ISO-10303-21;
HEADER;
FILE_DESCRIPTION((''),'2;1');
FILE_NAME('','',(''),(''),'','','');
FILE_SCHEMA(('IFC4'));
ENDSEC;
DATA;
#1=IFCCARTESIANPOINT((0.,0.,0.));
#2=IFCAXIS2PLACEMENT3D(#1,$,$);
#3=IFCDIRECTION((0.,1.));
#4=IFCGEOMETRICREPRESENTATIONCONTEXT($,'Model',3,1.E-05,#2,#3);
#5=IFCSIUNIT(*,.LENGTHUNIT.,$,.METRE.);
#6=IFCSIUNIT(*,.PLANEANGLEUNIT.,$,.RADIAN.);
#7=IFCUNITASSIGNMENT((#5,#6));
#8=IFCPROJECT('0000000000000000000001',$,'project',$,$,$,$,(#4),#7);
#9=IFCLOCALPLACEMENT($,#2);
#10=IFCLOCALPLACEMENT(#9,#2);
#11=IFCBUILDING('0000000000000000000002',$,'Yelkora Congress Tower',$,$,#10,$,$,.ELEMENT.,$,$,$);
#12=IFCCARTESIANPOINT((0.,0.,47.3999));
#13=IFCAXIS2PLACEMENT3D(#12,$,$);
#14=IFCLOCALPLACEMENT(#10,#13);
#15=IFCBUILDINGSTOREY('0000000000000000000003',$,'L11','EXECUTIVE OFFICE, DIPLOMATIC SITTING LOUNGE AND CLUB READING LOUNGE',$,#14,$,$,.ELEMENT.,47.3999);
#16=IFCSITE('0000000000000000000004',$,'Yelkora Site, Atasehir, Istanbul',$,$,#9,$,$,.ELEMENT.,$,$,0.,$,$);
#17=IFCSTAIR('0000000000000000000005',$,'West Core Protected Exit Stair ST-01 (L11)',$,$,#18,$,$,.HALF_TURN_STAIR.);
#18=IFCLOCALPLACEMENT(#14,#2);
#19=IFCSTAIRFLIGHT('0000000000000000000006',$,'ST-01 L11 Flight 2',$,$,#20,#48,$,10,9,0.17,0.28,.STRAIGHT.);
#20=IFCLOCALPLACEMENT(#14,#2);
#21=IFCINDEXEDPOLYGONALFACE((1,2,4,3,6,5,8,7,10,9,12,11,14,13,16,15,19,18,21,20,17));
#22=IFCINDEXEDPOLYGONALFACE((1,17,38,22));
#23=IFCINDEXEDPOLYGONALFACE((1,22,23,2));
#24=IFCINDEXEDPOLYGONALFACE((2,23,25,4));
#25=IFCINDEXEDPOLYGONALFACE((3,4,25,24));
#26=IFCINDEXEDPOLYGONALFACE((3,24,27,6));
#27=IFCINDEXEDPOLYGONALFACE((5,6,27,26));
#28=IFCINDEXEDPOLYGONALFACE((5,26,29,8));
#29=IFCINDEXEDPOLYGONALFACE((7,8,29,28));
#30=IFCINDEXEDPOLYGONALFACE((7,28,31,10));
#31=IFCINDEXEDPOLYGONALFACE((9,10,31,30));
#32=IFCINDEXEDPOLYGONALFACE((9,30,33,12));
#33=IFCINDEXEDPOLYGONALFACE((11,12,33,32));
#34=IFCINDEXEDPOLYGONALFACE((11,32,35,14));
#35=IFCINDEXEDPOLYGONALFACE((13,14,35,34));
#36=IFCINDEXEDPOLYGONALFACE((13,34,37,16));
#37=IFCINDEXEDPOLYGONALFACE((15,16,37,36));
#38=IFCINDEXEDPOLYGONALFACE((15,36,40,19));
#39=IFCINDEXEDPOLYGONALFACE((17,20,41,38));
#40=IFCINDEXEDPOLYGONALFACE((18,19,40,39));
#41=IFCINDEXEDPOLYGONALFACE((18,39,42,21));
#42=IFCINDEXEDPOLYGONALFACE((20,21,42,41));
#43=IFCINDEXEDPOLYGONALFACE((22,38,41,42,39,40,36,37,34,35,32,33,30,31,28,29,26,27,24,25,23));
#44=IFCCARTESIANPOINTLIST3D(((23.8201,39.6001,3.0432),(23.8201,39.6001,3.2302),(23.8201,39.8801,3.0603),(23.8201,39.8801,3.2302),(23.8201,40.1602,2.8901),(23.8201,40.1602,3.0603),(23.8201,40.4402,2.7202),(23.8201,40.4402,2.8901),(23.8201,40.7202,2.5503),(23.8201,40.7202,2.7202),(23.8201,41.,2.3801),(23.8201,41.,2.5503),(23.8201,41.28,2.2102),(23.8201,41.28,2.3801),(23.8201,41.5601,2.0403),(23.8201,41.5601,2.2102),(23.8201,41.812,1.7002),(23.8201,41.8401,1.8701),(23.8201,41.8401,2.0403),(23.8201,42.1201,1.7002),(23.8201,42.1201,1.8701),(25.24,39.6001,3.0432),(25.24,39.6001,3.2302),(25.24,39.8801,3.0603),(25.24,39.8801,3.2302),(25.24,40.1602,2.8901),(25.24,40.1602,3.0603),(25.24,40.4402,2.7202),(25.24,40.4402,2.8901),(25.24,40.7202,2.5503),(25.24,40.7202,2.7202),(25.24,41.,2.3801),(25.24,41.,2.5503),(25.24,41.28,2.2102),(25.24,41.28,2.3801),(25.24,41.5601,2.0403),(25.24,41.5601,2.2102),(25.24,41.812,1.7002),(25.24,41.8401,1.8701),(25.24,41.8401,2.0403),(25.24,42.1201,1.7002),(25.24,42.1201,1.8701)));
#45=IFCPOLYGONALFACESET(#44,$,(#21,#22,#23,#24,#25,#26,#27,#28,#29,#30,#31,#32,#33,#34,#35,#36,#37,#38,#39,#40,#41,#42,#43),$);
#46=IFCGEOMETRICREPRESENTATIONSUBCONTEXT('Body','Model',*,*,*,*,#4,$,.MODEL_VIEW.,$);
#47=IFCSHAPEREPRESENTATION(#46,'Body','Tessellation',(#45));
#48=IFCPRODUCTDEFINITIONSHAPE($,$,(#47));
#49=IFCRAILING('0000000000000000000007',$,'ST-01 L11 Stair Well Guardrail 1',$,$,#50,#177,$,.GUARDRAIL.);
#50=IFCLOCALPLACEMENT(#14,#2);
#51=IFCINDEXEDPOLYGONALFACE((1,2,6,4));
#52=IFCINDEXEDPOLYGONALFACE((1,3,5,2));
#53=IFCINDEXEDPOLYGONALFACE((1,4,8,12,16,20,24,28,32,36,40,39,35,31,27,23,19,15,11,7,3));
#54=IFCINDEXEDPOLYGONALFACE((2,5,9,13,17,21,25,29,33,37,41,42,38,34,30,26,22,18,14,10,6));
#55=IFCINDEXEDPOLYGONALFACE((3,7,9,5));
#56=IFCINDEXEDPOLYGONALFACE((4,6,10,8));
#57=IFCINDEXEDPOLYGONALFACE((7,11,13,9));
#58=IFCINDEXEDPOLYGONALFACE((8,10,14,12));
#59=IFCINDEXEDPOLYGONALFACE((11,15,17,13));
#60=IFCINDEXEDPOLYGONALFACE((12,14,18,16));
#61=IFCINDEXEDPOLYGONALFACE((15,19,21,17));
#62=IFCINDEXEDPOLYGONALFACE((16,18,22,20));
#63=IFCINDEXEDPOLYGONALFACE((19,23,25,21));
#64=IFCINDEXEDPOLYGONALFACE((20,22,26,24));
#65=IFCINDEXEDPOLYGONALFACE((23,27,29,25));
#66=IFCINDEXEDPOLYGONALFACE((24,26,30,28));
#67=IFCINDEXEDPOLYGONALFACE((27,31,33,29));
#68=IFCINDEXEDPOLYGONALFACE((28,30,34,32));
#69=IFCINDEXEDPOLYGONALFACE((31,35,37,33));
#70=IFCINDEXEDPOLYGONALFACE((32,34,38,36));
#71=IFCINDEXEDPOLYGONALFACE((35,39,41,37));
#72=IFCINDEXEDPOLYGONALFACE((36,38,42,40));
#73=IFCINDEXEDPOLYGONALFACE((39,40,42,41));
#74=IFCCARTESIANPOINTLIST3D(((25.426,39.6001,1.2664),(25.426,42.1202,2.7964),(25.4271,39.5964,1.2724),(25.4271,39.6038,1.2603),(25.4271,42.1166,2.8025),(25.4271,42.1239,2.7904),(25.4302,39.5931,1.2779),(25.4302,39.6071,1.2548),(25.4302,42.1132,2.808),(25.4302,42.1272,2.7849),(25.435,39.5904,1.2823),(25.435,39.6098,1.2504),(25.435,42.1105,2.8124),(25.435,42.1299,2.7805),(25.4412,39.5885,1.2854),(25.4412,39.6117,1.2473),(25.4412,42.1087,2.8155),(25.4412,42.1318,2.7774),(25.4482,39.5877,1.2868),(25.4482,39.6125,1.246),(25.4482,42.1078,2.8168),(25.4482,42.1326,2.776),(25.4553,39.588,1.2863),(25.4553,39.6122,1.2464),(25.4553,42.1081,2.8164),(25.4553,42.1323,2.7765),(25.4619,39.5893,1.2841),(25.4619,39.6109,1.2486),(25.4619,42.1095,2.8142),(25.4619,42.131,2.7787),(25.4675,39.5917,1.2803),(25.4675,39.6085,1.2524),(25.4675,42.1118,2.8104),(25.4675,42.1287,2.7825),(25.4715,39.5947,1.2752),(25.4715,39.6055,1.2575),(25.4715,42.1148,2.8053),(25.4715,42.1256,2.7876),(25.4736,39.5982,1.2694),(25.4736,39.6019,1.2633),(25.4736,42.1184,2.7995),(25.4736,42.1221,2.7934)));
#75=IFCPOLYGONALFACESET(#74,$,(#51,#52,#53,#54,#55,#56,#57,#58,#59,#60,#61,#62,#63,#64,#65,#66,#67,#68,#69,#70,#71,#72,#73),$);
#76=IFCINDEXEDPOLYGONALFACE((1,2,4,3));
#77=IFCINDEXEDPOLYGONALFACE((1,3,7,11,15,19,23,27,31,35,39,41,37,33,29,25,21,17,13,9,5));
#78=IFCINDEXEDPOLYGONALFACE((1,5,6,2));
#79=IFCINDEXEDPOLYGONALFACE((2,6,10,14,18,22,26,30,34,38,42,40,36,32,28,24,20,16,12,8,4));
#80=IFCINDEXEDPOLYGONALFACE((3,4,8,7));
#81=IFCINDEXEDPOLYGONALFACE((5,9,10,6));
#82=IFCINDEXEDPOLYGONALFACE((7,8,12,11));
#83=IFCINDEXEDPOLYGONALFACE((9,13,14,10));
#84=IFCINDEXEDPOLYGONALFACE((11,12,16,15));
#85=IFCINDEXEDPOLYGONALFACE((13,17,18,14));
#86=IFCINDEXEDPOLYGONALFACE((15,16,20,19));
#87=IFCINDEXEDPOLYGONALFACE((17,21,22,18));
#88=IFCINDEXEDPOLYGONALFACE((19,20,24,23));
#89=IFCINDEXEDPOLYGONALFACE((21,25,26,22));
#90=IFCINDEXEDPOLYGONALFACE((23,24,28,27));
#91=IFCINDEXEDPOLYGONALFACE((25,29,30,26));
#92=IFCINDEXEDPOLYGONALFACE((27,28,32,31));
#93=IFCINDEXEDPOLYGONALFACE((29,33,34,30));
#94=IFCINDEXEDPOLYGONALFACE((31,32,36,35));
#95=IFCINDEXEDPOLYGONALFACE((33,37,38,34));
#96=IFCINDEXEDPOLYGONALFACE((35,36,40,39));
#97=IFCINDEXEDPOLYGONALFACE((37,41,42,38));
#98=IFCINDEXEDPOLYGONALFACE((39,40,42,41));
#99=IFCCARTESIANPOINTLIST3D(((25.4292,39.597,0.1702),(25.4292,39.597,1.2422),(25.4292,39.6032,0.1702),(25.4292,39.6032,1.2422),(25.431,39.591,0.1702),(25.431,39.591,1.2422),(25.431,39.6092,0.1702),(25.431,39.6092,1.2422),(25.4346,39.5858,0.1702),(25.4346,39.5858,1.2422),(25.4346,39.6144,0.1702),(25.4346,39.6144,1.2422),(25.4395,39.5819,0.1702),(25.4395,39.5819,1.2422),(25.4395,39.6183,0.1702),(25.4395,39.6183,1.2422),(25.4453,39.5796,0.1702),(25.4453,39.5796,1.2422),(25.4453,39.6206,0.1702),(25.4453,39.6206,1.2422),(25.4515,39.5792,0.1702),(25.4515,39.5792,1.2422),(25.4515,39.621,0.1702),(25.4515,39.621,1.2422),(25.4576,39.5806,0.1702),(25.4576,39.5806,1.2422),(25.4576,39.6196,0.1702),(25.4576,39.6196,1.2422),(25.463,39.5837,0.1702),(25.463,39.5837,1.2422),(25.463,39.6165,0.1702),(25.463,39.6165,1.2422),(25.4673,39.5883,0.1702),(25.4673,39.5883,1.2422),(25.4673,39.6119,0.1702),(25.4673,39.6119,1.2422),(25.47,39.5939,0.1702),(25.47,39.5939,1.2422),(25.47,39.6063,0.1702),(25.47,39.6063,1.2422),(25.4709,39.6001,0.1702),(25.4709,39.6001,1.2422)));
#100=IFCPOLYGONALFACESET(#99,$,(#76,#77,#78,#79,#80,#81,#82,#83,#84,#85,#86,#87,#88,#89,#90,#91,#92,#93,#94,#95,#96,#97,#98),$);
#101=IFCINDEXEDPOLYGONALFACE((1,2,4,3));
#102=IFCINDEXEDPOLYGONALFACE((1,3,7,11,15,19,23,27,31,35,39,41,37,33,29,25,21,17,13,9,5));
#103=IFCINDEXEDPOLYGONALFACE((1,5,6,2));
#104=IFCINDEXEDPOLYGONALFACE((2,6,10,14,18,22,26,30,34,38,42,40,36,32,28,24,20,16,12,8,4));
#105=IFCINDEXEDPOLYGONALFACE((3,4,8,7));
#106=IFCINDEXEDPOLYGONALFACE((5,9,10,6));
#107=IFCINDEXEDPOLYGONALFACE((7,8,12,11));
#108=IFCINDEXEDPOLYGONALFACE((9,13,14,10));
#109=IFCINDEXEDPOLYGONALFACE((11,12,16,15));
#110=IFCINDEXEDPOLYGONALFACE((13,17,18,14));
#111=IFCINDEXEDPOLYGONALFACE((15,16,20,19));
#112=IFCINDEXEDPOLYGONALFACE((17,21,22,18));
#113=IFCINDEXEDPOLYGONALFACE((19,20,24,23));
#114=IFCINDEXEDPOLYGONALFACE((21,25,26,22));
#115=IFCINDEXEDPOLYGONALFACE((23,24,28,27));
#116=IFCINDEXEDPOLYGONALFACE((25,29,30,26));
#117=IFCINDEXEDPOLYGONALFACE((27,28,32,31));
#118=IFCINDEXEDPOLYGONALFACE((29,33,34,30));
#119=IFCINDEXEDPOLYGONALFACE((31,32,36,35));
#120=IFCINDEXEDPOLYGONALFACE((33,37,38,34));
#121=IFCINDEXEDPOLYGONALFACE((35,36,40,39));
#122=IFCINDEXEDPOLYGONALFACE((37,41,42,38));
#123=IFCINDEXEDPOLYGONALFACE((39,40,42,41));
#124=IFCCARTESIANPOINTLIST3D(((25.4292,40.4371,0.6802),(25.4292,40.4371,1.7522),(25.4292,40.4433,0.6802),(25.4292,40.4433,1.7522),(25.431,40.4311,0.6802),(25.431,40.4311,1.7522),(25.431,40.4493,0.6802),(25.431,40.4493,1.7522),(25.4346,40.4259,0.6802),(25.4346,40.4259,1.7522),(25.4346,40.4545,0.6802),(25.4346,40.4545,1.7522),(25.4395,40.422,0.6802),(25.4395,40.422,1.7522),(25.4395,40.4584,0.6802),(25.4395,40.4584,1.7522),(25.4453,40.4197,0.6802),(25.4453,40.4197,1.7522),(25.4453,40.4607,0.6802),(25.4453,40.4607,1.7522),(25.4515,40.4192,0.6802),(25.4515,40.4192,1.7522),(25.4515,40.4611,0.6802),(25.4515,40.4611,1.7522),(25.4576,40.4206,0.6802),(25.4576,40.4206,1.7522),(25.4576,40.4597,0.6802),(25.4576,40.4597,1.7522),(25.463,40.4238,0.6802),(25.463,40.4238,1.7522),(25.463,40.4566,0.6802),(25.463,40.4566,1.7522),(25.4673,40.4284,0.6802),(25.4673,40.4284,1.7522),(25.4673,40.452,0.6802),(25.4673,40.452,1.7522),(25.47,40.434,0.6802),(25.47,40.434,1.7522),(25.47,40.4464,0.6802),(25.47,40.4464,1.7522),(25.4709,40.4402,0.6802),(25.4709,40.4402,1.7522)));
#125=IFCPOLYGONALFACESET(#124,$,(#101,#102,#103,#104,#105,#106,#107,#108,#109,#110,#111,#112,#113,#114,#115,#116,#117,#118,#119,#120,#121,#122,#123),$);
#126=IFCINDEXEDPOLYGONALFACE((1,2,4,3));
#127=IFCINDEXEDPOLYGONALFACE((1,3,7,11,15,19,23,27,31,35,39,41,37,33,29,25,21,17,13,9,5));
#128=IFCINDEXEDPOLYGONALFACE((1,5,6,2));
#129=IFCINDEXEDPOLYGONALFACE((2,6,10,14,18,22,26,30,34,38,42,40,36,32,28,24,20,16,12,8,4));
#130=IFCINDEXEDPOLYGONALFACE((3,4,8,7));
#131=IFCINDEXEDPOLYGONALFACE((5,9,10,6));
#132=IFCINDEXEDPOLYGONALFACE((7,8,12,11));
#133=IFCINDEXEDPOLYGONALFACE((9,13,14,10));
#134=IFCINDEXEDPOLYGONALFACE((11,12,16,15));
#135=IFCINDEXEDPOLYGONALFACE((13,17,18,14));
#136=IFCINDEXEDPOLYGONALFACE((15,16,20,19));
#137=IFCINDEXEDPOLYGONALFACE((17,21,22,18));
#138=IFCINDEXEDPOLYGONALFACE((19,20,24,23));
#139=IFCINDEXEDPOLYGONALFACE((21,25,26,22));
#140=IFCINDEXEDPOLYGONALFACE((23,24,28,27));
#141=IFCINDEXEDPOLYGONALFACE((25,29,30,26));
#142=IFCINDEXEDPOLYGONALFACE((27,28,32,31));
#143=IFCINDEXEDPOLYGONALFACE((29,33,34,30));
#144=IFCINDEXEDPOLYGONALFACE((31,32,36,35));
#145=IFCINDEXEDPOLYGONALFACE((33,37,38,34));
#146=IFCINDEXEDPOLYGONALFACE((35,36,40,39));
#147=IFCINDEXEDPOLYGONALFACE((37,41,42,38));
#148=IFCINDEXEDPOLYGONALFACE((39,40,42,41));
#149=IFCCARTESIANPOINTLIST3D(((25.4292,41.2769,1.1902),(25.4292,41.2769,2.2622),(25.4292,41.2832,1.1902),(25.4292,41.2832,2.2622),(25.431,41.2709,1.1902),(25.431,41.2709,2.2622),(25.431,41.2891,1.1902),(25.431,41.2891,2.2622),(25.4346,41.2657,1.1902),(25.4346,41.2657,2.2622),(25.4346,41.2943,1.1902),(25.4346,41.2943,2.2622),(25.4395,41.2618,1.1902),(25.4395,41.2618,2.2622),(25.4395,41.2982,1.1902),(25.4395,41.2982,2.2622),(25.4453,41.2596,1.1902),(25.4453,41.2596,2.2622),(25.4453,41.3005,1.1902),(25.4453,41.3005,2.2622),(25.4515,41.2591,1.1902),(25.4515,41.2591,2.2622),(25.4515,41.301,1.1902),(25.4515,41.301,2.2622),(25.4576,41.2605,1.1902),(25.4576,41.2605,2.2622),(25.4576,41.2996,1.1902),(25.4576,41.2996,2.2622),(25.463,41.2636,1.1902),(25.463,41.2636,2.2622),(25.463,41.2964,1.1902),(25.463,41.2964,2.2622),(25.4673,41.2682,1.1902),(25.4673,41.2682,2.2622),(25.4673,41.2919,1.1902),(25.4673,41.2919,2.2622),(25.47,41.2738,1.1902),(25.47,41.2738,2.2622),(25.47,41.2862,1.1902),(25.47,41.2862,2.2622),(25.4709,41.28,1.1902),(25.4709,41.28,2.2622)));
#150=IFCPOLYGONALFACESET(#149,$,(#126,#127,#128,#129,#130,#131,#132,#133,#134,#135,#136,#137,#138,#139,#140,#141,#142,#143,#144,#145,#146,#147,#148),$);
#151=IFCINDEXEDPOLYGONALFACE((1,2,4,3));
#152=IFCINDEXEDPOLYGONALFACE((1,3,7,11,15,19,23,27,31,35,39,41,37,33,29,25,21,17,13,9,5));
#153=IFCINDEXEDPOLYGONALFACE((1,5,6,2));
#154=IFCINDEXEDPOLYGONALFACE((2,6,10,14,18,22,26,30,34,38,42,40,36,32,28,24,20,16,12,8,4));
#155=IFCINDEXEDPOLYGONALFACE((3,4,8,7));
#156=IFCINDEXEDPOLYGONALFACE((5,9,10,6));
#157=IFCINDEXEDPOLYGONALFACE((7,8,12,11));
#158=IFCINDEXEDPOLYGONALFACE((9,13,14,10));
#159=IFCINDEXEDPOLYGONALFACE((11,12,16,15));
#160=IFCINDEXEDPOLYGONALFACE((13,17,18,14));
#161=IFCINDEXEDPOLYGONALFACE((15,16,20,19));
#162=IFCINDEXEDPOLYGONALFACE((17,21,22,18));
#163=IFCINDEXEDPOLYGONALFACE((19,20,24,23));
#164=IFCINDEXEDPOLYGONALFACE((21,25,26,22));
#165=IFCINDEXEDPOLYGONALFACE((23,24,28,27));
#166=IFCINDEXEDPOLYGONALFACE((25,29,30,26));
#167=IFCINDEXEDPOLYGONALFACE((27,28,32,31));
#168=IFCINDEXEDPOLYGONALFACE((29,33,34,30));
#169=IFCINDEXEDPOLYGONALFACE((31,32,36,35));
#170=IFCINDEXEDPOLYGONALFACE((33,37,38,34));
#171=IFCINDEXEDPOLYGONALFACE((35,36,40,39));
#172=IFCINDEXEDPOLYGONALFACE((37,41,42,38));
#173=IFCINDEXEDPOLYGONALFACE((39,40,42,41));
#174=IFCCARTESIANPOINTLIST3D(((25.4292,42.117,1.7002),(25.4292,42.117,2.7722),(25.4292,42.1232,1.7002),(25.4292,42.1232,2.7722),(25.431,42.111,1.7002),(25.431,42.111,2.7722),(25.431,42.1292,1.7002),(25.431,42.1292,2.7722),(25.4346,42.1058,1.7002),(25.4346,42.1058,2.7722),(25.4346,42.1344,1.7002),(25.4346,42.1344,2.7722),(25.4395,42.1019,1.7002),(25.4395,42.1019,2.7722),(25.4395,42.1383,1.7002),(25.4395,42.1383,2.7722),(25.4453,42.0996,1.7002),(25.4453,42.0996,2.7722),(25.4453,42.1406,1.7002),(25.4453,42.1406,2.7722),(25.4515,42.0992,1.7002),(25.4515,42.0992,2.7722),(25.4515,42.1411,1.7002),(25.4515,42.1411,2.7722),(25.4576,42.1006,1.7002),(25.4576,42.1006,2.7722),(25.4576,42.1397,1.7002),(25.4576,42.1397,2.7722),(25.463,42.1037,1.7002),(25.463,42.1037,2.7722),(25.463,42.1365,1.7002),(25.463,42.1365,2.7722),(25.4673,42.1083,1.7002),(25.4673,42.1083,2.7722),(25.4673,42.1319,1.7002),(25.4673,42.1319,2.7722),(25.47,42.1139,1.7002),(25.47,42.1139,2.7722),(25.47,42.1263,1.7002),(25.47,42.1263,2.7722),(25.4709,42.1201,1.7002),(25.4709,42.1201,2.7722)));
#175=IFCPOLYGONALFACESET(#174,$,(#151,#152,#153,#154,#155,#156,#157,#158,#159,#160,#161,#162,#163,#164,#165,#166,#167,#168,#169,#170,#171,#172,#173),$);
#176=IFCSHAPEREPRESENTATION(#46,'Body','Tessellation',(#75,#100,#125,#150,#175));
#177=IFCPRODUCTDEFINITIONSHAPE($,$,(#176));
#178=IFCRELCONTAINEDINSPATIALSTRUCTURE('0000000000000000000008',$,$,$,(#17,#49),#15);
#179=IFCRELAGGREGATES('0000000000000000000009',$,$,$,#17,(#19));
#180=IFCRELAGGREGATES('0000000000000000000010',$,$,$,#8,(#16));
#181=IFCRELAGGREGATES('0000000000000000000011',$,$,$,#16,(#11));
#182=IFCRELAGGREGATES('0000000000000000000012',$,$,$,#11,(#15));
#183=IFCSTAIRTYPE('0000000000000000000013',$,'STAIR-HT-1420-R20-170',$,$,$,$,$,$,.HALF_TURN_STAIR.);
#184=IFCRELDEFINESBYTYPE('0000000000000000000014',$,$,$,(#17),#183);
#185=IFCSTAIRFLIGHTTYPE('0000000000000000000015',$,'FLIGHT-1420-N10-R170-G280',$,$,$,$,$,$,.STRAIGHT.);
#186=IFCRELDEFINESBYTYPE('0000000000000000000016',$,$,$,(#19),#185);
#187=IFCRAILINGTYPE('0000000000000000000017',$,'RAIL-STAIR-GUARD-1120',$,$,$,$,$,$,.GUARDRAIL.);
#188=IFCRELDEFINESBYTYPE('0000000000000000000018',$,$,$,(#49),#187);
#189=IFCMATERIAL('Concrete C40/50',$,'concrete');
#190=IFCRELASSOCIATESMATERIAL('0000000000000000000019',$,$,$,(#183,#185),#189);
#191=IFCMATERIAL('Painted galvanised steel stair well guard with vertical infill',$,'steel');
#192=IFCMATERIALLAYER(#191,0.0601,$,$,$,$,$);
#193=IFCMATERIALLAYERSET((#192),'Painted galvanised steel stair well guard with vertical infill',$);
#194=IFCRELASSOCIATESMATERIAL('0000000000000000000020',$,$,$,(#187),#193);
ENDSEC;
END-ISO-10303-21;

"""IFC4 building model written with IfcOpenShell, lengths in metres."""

from ifc_helpers import new_model, si_unit, direction, frame, origin, origin_2d, place, context, subcontext, project, spatial, polyline, circle, outline, extrude, material, layer, layer_set, type_object, element, aggregate, save


model = new_model("IFC4")

# Units and contexts
model_context = context("Model", 3, precision=1e-05, world=origin(), true_north=direction((0.0, 1.0)))
body_context = subcontext(model_context, "Body", "Model", "MODEL_VIEW")
ifc_project = project(units=[si_unit("LENGTHUNIT", "METRE"), si_unit("PLANEANGLEUNIT", "RADIAN")], contexts=[model_context])

# Site, building, storey
site_placement = place(None, origin())
site = spatial("IfcSite", under=ifc_project, at=site_placement, Name="Yelkora Site, Atasehir, Istanbul", CompositionType="ELEMENT", RefElevation=0.0)
building_placement = place(site_placement, origin())
building = spatial("IfcBuilding", under=site, at=building_placement, Name="Yelkora Congress Tower", CompositionType="ELEMENT")
storey_placement = place(building_placement, frame((0.0, 0.0, 47.3999)))
storey = spatial("IfcBuildingStorey", under=building, at=storey_placement, Name="L11", Description="EXECUTIVE OFFICE, DIPLOMATIC SITTING LOUNGE AND CLUB READING LOUNGE", CompositionType="ELEMENT", Elevation=47.3999)

# Stair, stair flight
ifc_material_1 = material(Name="Concrete C40/50", Category="concrete")
stair_type = type_object("IfcStairType", Name="STAIR-HT-1420-R20-170", PredefinedType="HALF_TURN_STAIR", material=ifc_material_1)
stair_placement = place(storey_placement, origin())
stair = element("IfcStair", 1, at=stair_placement, inside=storey, type_object=stair_type, Name="West Core Protected Exit Stair ST-01 (L11)", PredefinedType="HALF_TURN_STAIR")
stair_flight_type = type_object("IfcStairFlightType", Name="FLIGHT-1420-N10-R170-G280", PredefinedType="STRAIGHT", material=ifc_material_1)
stair_flight_1_placement = place(storey_placement, frame((24.53, 42.1201, 1.7002), z_axis=(0.0, 0.0, 1.0), x_axis=(0.0, -1.0, 0.0)))
stair_flight_1 = element("IfcStairFlight", 2, at=stair_flight_1_placement, type_object=stair_flight_type, Name="ST-01 L11 Flight 2", NumberOfRisers=10, NumberOfTreads=9, PredefinedType="STRAIGHT", RiserHeight=0.17, TreadLength=0.28, context=body_context, shape_type="SweptSolid", body=[
    extrude(outline(polyline([(0.0, 0.0), (0.0, 0.1699), (0.28, 0.1699), (0.28, 0.3401), (0.5601, 0.3401), (0.5601, 0.51), (0.8401, 0.51), (0.8401, 0.6799), (1.1201, 0.6799), (1.1201, 0.8501), (1.3999, 0.8501), (1.3999, 1.02), (1.6799, 1.02), (1.6799, 1.1899), (1.96, 1.1899), (1.96, 1.3601), (2.24, 1.3601), (2.24, 1.53), (2.52, 1.53), (2.52, 1.7), (2.52, 1.343), (0.3081, 0.0), (0.0, 0.0)])), frame((0.0, 0.71, 0.0), z_axis=(0.0, -1.0, 0.0), x_axis=(1.0, 0.0, 0.0)), (0.0, 0.0, 1.0), 1.4199),
])
aggregate(stair, [stair_flight_1])

# Railing
ifc_material_2 = material(Name="Painted galvanised steel stair well guard with vertical infill", Category="steel")
ifc_layer_1 = layer(ifc_material_2, 0.0601)
ifc_layer_set_1 = layer_set([ifc_layer_1], Name="Painted galvanised steel stair well guard with vertical infill")
railing_type_1 = type_object("IfcRailingType", Name="RAIL-STAIR-GUARD-1120", PredefinedType="GUARDRAIL", material=ifc_layer_set_1)
railing_1_placement = place(storey_placement, frame((25.45, 39.6001, 0.1702)))
element("IfcRailing", 3, at=railing_1_placement, inside=storey, type_object=railing_type_1, Name="ST-01 L11 Stair Well Guardrail 1", PredefinedType="GUARDRAIL", context=body_context, shape_type="SweptSolid", body=[
    extrude(circle(Radius=0.0239, at=origin_2d()), frame((0.0, 0.0, 1.0962), z_axis=(0.0, 0.854785, 0.518982), x_axis=(-1.0, 0.0, 0.0)), (0.0, 0.0, 1.0), 2.9482),
    extrude(circle(Radius=0.021, at=origin_2d()), origin(), (0.0, 0.0, 1.0), 1.072),
    extrude(circle(Radius=0.021, at=origin_2d()), frame((0.0, 0.8401, 0.51)), (0.0, 0.0, 1.0), 1.072),
    extrude(circle(Radius=0.021, at=origin_2d()), frame((0.0, 1.6799, 1.02)), (0.0, 0.0, 1.0), 1.072),
    extrude(circle(Radius=0.021, at=origin_2d()), frame((0.0, 2.52, 1.53)), (0.0, 0.0, 1.0), 1.072),
])

save(model, "model.ifc")
